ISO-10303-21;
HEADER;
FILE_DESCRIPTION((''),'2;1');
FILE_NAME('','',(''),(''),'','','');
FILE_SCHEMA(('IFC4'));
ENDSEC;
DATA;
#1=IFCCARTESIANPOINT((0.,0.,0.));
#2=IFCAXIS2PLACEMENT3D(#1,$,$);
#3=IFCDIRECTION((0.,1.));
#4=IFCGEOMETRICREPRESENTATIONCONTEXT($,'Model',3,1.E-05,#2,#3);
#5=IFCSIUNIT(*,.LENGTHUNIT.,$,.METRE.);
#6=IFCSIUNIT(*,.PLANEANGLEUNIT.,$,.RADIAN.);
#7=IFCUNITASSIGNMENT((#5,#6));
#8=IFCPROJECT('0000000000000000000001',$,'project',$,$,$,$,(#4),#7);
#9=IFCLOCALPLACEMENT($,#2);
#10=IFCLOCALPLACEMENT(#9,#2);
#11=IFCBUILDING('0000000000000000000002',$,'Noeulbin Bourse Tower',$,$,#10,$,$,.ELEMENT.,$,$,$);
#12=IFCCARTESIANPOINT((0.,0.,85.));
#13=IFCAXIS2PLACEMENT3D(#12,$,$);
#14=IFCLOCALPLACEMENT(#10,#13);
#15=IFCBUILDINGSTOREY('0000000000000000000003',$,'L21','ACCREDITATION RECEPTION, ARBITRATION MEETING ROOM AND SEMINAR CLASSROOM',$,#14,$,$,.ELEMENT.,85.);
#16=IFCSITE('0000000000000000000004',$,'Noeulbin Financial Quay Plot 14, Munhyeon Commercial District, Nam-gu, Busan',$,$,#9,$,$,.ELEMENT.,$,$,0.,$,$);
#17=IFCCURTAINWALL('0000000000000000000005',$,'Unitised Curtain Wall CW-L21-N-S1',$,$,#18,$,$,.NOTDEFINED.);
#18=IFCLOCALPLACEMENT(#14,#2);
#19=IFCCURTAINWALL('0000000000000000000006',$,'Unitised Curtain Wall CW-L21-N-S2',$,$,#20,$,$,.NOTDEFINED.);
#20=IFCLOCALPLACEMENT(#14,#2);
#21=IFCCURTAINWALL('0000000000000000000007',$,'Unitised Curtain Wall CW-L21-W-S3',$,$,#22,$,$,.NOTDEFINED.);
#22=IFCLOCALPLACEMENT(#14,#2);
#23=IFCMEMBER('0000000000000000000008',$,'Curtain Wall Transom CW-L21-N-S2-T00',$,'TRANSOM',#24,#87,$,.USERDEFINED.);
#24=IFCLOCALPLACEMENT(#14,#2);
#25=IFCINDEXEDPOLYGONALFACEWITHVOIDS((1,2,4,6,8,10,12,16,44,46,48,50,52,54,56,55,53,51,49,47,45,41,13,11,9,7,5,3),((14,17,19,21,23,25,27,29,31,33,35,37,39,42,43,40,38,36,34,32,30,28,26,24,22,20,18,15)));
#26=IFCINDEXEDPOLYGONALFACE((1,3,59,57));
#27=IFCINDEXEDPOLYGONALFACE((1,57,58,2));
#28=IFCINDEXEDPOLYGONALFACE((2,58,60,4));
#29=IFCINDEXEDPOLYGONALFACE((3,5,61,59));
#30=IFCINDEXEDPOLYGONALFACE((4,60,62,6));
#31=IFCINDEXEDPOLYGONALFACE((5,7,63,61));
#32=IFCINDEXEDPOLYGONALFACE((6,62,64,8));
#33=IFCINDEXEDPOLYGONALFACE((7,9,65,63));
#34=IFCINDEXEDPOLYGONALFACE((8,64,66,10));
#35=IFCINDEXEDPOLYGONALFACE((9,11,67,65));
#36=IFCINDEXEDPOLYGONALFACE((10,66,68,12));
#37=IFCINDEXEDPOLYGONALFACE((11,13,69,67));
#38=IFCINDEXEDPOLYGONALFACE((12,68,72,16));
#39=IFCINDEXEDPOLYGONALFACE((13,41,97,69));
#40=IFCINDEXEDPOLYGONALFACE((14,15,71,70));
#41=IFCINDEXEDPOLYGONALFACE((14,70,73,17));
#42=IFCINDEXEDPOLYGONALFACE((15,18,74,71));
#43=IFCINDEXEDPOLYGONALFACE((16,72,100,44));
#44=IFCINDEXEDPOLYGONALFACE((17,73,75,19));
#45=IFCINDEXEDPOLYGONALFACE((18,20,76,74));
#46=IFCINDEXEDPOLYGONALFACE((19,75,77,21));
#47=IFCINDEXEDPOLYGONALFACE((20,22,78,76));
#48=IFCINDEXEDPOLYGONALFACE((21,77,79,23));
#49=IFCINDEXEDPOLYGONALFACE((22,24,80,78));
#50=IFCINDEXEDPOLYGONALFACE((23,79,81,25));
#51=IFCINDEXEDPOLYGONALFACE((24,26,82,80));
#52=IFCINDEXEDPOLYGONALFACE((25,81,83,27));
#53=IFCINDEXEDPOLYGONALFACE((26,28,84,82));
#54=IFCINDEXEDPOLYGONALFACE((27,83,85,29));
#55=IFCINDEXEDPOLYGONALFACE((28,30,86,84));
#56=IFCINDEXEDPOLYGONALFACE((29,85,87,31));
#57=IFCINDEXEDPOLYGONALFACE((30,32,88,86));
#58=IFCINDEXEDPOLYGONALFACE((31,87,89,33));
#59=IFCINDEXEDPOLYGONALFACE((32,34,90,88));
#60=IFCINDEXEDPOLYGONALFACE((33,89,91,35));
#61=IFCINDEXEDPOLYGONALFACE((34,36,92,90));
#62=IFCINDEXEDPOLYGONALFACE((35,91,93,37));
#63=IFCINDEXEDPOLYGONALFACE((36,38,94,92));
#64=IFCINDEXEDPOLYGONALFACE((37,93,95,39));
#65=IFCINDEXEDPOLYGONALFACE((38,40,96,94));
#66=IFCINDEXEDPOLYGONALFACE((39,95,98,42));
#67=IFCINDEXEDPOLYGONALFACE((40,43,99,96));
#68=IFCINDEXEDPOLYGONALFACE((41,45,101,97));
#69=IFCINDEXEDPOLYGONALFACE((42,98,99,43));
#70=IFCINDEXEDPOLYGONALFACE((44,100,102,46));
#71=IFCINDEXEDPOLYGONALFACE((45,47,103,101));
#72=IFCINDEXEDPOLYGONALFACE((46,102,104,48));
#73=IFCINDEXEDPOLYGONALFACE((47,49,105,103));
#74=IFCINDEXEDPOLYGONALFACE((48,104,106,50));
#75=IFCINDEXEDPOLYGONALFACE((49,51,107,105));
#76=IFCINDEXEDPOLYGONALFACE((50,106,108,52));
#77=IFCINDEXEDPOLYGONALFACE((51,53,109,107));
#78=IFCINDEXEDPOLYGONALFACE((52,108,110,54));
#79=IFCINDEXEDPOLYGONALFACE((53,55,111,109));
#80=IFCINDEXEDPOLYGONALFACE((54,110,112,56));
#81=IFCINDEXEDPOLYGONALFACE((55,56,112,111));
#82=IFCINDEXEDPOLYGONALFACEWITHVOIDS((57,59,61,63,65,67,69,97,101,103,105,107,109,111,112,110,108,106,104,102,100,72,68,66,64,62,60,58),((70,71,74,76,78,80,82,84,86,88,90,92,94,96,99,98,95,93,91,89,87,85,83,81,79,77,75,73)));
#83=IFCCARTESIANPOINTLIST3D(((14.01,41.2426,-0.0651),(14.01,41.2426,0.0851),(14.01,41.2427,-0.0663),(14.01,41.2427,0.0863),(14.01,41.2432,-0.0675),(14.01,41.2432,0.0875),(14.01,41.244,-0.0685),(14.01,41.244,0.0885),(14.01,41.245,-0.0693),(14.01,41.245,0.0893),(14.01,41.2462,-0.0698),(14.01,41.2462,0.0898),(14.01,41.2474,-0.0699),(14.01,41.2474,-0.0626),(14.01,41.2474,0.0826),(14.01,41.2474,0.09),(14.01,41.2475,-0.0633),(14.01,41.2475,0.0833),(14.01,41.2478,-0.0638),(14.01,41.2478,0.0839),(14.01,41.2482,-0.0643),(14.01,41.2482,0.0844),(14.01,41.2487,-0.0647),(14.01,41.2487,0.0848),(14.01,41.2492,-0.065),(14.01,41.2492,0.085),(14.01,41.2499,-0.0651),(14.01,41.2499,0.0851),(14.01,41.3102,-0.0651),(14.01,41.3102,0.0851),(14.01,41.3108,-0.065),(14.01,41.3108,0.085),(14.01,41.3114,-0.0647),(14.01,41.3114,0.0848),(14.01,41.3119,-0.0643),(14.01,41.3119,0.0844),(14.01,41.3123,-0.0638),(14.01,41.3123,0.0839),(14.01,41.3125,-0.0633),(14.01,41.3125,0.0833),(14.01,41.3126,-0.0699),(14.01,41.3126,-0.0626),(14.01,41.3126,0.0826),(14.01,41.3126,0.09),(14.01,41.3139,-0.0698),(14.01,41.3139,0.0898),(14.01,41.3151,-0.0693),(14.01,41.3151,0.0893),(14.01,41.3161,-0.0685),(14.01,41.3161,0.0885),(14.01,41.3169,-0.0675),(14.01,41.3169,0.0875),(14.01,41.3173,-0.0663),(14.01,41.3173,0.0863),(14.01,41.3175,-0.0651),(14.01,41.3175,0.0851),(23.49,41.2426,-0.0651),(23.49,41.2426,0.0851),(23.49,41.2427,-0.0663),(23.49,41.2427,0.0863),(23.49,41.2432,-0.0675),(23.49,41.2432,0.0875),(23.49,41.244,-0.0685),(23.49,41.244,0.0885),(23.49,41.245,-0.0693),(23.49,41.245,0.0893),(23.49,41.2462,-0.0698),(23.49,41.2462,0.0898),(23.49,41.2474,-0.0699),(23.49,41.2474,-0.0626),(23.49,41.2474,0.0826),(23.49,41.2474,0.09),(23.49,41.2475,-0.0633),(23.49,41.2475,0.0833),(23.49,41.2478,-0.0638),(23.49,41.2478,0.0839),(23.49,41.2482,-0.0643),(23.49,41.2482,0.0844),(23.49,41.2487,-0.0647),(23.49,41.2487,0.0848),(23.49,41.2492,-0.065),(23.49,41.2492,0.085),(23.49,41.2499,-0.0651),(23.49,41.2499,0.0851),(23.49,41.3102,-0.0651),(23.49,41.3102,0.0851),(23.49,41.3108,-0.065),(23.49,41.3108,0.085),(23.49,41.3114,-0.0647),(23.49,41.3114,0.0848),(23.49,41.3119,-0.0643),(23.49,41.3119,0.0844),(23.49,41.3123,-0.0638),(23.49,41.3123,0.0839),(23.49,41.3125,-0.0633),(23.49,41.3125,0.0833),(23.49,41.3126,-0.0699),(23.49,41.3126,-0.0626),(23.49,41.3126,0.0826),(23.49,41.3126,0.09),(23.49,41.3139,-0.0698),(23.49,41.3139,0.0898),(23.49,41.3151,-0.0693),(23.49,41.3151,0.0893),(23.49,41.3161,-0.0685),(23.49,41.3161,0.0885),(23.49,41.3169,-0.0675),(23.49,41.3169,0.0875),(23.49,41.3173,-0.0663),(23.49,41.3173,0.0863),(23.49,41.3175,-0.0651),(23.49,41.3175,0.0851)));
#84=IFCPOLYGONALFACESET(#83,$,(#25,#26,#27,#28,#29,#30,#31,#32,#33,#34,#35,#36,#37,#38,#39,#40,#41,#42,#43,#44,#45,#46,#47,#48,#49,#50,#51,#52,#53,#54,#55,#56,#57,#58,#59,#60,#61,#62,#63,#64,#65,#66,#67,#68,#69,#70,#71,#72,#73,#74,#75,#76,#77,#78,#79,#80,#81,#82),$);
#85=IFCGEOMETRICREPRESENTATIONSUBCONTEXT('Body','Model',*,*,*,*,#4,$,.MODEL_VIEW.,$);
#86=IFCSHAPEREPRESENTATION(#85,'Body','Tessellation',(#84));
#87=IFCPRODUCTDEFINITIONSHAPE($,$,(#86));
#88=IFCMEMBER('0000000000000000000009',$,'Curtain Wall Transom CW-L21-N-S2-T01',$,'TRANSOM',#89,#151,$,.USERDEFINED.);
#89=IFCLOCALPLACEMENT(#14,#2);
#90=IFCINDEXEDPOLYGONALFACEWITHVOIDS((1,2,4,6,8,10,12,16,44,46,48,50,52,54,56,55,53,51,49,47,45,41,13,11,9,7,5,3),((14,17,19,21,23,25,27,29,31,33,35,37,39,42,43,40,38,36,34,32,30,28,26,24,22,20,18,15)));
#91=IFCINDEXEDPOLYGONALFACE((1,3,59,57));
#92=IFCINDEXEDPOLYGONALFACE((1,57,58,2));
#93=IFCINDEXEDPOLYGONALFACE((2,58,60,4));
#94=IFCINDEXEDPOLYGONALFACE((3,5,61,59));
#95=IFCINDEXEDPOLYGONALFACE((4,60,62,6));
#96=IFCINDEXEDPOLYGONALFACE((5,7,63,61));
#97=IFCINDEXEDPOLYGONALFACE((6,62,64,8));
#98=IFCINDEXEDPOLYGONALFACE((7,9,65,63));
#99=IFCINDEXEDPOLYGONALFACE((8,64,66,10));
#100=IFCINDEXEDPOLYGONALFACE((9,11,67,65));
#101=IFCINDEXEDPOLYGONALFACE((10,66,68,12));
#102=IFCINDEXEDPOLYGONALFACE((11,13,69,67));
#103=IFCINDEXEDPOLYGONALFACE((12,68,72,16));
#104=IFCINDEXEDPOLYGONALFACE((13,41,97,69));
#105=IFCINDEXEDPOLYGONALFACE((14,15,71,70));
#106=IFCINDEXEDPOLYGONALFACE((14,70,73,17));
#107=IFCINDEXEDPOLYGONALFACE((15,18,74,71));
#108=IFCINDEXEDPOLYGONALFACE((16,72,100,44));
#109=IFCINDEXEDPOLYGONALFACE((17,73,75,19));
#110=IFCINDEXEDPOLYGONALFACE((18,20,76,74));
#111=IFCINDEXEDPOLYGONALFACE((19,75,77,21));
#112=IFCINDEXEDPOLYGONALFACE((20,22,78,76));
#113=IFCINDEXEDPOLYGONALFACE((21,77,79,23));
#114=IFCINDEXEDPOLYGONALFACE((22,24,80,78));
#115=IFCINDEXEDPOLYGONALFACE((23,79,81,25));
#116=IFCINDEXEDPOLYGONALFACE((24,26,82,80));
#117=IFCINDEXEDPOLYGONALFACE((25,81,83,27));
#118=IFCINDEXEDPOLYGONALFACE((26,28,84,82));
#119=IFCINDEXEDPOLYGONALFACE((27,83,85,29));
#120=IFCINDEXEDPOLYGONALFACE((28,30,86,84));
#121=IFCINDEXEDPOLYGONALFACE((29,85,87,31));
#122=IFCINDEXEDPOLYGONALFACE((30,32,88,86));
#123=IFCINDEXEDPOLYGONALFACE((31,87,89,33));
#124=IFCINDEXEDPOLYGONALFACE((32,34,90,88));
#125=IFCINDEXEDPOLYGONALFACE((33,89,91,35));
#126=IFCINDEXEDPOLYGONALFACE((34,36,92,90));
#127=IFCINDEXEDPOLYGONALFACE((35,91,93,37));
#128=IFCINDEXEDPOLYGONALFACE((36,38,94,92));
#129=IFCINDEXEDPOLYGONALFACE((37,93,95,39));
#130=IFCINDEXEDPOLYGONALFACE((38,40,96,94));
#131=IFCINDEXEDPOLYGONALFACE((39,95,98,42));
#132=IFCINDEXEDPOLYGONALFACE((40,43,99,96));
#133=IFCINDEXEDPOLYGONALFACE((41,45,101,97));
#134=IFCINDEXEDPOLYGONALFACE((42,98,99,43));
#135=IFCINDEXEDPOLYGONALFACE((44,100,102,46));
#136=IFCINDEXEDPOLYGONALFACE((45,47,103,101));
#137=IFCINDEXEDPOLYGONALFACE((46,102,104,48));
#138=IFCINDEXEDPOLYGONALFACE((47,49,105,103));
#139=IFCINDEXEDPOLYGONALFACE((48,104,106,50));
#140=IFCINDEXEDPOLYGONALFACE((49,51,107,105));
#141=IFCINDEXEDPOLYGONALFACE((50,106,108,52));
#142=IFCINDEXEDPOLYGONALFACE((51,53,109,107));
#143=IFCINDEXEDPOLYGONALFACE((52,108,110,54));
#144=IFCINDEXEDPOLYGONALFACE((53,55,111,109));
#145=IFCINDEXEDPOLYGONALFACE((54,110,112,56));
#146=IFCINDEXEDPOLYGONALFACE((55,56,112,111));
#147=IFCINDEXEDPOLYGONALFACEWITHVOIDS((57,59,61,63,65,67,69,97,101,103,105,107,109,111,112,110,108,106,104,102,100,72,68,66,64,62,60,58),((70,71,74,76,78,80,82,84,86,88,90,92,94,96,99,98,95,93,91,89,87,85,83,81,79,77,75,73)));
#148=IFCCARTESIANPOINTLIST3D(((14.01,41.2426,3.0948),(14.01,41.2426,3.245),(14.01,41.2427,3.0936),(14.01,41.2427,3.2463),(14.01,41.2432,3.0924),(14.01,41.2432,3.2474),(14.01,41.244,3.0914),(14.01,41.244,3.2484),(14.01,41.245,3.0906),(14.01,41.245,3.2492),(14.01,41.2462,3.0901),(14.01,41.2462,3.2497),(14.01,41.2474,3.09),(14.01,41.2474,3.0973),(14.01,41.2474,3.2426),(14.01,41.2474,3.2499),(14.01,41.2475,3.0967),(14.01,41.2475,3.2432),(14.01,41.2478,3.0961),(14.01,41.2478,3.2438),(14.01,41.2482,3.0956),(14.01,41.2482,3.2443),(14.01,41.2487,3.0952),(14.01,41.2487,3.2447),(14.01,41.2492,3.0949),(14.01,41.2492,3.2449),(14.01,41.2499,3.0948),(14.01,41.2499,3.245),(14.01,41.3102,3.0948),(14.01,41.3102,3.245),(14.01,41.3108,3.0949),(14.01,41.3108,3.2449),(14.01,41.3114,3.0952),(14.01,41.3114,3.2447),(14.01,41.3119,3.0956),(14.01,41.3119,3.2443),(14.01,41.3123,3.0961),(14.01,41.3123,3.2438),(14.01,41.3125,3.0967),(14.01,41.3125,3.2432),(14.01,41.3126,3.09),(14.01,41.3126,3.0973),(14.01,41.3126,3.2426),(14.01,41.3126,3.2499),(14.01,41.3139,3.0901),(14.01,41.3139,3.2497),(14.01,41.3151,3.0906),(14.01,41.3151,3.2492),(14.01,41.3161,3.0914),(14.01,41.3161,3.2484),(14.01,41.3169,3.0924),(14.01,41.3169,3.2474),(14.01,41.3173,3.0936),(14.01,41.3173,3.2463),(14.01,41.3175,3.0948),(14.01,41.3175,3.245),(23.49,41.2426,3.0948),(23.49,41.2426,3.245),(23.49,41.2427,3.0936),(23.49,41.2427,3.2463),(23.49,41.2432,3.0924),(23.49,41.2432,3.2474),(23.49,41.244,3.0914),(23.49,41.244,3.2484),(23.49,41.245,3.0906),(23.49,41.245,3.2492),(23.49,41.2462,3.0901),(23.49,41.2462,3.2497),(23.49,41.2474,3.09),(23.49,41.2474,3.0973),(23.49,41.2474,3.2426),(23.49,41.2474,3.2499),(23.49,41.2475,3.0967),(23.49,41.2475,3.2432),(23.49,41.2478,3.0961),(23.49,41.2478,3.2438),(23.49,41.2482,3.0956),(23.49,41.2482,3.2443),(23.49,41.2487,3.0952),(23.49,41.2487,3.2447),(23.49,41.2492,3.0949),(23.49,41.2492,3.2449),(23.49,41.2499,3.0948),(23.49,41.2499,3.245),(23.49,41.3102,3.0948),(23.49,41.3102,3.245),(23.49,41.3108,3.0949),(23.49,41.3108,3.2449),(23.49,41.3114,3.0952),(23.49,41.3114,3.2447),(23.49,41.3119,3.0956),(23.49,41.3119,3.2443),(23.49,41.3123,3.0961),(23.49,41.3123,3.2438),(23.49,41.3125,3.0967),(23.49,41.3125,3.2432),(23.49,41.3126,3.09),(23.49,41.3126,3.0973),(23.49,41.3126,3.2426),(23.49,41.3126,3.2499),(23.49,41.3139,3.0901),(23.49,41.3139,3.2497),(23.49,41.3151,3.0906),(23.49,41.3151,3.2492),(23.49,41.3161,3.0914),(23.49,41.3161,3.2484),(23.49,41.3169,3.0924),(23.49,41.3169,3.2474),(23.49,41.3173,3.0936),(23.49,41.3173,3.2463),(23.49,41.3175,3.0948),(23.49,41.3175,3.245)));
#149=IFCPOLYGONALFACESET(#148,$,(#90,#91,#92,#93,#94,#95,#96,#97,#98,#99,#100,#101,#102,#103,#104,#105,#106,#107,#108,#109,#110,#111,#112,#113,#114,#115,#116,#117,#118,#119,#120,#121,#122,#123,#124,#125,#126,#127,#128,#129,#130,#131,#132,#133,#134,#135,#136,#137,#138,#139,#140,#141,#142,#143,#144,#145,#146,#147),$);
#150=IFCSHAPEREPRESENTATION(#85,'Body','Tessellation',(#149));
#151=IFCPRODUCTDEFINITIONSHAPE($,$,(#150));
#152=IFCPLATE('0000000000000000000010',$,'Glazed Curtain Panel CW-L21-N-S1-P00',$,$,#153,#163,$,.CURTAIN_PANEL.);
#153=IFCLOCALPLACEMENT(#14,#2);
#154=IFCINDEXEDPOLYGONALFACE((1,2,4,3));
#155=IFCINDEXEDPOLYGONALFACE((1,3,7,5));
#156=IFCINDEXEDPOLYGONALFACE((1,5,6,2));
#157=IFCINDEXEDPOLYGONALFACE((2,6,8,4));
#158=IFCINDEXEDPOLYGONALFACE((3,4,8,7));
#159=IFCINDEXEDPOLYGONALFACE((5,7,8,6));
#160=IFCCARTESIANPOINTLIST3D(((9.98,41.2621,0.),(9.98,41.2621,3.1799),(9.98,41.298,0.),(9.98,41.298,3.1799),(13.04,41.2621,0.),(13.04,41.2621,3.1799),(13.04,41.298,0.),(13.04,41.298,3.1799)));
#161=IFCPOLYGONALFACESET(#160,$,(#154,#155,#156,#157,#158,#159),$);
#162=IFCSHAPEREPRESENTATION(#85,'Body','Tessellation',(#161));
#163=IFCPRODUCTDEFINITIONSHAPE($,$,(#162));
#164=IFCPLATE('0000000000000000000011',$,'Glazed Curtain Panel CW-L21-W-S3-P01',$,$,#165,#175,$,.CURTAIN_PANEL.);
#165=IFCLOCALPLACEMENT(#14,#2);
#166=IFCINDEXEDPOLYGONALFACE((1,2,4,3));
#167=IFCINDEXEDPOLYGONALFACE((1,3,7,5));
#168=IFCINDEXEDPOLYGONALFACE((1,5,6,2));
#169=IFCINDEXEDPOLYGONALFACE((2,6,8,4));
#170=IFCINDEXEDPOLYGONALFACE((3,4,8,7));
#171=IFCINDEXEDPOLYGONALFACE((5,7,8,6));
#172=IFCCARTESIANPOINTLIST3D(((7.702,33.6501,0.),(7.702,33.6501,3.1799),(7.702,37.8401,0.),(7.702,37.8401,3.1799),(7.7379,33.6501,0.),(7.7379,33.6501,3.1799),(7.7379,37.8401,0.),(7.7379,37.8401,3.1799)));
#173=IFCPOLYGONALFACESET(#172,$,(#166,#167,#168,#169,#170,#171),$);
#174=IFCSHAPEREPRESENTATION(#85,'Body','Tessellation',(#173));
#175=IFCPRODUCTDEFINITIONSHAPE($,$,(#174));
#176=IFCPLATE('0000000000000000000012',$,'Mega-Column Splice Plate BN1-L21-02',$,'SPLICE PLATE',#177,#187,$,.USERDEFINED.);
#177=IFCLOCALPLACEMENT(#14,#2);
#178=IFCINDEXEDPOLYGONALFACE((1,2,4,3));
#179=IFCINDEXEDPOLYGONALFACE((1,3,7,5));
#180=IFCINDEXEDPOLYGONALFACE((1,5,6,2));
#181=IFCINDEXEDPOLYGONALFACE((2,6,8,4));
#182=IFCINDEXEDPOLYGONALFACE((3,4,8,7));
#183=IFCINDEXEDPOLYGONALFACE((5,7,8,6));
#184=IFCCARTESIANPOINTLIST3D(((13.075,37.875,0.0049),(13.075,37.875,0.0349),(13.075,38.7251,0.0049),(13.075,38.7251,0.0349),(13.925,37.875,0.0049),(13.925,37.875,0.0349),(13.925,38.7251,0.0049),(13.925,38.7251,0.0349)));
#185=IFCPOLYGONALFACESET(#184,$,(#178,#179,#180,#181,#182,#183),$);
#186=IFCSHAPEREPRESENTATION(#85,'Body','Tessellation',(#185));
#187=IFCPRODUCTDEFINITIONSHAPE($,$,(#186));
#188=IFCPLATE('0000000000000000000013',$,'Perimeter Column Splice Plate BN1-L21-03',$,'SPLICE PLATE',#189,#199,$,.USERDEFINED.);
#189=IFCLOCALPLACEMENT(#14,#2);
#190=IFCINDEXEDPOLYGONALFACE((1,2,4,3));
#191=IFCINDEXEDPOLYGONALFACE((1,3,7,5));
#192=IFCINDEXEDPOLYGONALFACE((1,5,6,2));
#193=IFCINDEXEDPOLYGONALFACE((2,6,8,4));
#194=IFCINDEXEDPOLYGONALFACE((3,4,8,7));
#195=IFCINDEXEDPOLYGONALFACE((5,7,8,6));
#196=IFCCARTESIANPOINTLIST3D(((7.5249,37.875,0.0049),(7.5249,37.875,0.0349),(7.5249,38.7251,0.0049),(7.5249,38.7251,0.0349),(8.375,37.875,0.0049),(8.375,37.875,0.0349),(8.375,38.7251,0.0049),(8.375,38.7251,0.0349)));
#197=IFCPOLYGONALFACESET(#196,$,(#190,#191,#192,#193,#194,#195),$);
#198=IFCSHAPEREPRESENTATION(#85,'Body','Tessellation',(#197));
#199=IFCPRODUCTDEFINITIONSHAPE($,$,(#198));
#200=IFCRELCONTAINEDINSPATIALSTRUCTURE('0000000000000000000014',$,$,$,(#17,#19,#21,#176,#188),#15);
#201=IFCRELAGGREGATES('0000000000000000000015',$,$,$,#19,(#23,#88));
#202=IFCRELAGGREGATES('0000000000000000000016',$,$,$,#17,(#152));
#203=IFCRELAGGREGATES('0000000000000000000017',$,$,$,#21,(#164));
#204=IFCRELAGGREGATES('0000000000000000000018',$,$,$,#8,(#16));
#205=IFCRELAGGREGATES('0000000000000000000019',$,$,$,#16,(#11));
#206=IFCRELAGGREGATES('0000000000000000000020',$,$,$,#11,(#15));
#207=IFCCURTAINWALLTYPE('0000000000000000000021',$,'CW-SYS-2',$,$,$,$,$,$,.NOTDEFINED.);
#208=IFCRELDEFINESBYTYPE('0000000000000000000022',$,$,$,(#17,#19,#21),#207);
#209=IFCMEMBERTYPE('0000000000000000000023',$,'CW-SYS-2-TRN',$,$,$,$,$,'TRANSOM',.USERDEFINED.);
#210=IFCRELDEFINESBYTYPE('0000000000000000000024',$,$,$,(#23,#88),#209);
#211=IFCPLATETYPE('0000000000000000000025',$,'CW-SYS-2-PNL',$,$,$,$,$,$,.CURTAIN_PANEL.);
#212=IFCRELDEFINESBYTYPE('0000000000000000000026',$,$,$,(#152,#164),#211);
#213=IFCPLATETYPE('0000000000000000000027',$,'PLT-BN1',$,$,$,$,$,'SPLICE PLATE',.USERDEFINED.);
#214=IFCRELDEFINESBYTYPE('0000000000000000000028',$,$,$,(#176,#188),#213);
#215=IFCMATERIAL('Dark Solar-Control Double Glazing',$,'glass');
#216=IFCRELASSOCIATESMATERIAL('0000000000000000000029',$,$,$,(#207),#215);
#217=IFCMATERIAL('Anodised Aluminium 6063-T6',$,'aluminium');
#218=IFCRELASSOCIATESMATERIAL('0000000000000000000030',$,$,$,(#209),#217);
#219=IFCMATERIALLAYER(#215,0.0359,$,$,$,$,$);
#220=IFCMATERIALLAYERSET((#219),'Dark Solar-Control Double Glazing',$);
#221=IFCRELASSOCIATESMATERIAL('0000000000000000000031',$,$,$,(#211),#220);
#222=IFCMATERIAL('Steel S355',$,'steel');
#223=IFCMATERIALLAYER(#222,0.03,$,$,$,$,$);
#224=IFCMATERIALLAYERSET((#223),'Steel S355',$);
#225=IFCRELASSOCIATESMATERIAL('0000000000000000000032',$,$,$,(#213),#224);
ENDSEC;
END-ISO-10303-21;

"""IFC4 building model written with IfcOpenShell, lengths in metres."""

from ifc_helpers import new_model, si_unit, direction, frame, origin, origin_2d, place, context, subcontext, project, spatial, rectangle, hollow_rectangle, extrude, material, layer, layer_set, material_profile, profile_set, type_object, element, aggregate, save


model = new_model("IFC4")

# Units and contexts
model_context = context("Model", 3, precision=1e-05, world=origin(), true_north=direction((0.0, 1.0)))
body_context = subcontext(model_context, "Body", "Model", "MODEL_VIEW")
ifc_project = project(units=[si_unit("LENGTHUNIT", "METRE"), si_unit("PLANEANGLEUNIT", "RADIAN")], contexts=[model_context])

# Site, building, storey
site_placement = place(None, origin())
site = spatial("IfcSite", under=ifc_project, at=site_placement, Name="Noeulbin Financial Quay Plot 14, Munhyeon Commercial District, Nam-gu, Busan", CompositionType="ELEMENT", RefElevation=0.0)
building_placement = place(site_placement, origin())
building = spatial("IfcBuilding", under=site, at=building_placement, Name="Noeulbin Bourse Tower", CompositionType="ELEMENT")
storey_placement = place(building_placement, frame((0.0, 0.0, 85.0)))
storey = spatial("IfcBuildingStorey", under=building, at=storey_placement, Name="L21", Description="ACCREDITATION RECEPTION, ARBITRATION MEETING ROOM AND SEMINAR CLASSROOM", CompositionType="ELEMENT", Elevation=85.0)

# Shared definitions
ifc_material_1 = material(Name="Steel S355", Category="steel")

# Curtain wall
ifc_material_2 = material(Name="Dark Solar-Control Double Glazing", Category="glass")
curtain_wall_type = type_object("IfcCurtainWallType", Name="CW-SYS-2", PredefinedType="NOTDEFINED", material=ifc_material_2)
curtain_wall_1_placement = place(storey_placement, origin())
curtain_wall_1 = element("IfcCurtainWall", 1, at=curtain_wall_1_placement, inside=storey, type_object=curtain_wall_type, Name="Unitised Curtain Wall CW-L21-N-S1", PredefinedType="NOTDEFINED")
ifc_material_3 = material(Name="Anodised Aluminium 6063-T6", Category="aluminium")

# Curtain walls
curtain_wall_2_placement = place(storey_placement, origin())
curtain_wall_2 = element("IfcCurtainWall", 2, at=curtain_wall_2_placement, inside=storey, type_object=curtain_wall_type, Name="Unitised Curtain Wall CW-L21-N-S2", PredefinedType="NOTDEFINED")
curtain_wall_3_placement = place(storey_placement, origin())
curtain_wall_3 = element("IfcCurtainWall", 3, at=curtain_wall_3_placement, inside=storey, type_object=curtain_wall_type, Name="Unitised Curtain Wall CW-L21-W-S3", PredefinedType="NOTDEFINED")

# Members
ifc_material_profile_1 = material_profile(ifc_material_3, hollow_rectangle(XDim=0.075, YDim=0.1599, WallThickness=0.0049, InnerFilletRadius=0.0024, OuterFilletRadius=0.0049, at=origin_2d()), Name="ALU-TRAN-75x160x5", Category="LoadBearing")
ifc_profile_set_1 = profile_set([ifc_material_profile_1], Name="Anodised Aluminium 6063-T6")
member_type_1 = type_object("IfcMemberType", Name="CW-SYS-2-TRN", ElementType="TRANSOM", PredefinedType="USERDEFINED", material=ifc_profile_set_1)
member_1_placement = place(storey_placement, frame((14.01, 41.28, 0.01), z_axis=(1.0, 0.0, 0.0), x_axis=(0.0, 1.0, 0.0)))
member_1 = element("IfcMember", 4, at=member_1_placement, type_object=member_type_1, Name="Curtain Wall Transom CW-L21-N-S2-T00", ObjectType="TRANSOM", PredefinedType="USERDEFINED", context=body_context, shape_type="SweptSolid", body=[
    extrude(hollow_rectangle(XDim=0.075, YDim=0.1599, WallThickness=0.0049, InnerFilletRadius=0.0024, OuterFilletRadius=0.0049, at=origin_2d()), origin(), (0.0, 0.0, 1.0), 9.48),
])
member_2_placement = place(storey_placement, frame((14.01, 41.28, 3.1699), z_axis=(1.0, 0.0, 0.0), x_axis=(0.0, 1.0, 0.0)))
member_2 = element("IfcMember", 5, at=member_2_placement, type_object=member_type_1, Name="Curtain Wall Transom CW-L21-N-S2-T01", ObjectType="TRANSOM", PredefinedType="USERDEFINED", context=body_context, shape_type="SweptSolid", body=[
    extrude(hollow_rectangle(XDim=0.075, YDim=0.1599, WallThickness=0.0049, InnerFilletRadius=0.0024, OuterFilletRadius=0.0049, at=origin_2d()), origin(), (0.0, 0.0, 1.0), 9.48),
])
aggregate(curtain_wall_2, [member_1, member_2])

# Plates
ifc_layer_1 = layer(ifc_material_2, 0.0359)
ifc_layer_set_1 = layer_set([ifc_layer_1], Name="Dark Solar-Control Double Glazing")
plate_type_1 = type_object("IfcPlateType", Name="CW-SYS-2-PNL", PredefinedType="CURTAIN_PANEL", material=ifc_layer_set_1)
plate_1_placement = place(storey_placement, frame((11.51, 41.28, 0.0), z_axis=(0.0, 0.0, 1.0), x_axis=(1.0, 0.0, 0.0)))
plate_1 = element("IfcPlate", 6, at=plate_1_placement, type_object=plate_type_1, Name="Glazed Curtain Panel CW-L21-N-S1-P00", PredefinedType="CURTAIN_PANEL", context=body_context, shape_type="SweptSolid", body=[
    extrude(rectangle(XDim=3.0601, YDim=0.0359, at=origin_2d()), origin(), (0.0, 0.0, 1.0), 3.1799),
])
aggregate(curtain_wall_1, [plate_1])
plate_2_placement = place(storey_placement, frame((7.72, 35.7451, 0.0), z_axis=(0.0, 0.0, 1.0), x_axis=(0.0, 1.0, 0.0)))
plate_2 = element("IfcPlate", 7, at=plate_2_placement, type_object=plate_type_1, Name="Glazed Curtain Panel CW-L21-W-S3-P01", PredefinedType="CURTAIN_PANEL", context=body_context, shape_type="SweptSolid", body=[
    extrude(rectangle(XDim=4.1899, YDim=0.0359, at=origin_2d()), origin(), (0.0, 0.0, 1.0), 3.1799),
])
aggregate(curtain_wall_3, [plate_2])

# Plates
ifc_layer_2 = layer(ifc_material_1, 0.03)
ifc_layer_set_2 = layer_set([ifc_layer_2], Name="Steel S355")
plate_type_2 = type_object("IfcPlateType", Name="PLT-BN1", ElementType="SPLICE PLATE", PredefinedType="USERDEFINED", material=ifc_layer_set_2)
for number, where, z_axis, x_axis, name in (
    (8, (13.5, 38.3, 0.0049), (0.0, 0.0, 1.0), (1.0, 0.0, 0.0), "Mega-Column Splice Plate BN1-L21-02"),
    (9, (7.95, 38.3, 0.0049), (0.0, 0.0, 1.0), (1.0, 0.0, 0.0), "Perimeter Column Splice Plate BN1-L21-03"),
):
    element("IfcPlate", number, at=place(storey_placement, frame(where, z_axis=z_axis, x_axis=x_axis)), inside=storey, type_object=plate_type_2, Name=name, ObjectType="SPLICE PLATE", PredefinedType="USERDEFINED", context=body_context, shape_type="SweptSolid", body=[
        extrude(rectangle(XDim=0.8501, YDim=0.8501, at=origin_2d()), origin(), (0.0, 0.0, 1.0), 0.03),
    ])

save(model, "model.ifc")
